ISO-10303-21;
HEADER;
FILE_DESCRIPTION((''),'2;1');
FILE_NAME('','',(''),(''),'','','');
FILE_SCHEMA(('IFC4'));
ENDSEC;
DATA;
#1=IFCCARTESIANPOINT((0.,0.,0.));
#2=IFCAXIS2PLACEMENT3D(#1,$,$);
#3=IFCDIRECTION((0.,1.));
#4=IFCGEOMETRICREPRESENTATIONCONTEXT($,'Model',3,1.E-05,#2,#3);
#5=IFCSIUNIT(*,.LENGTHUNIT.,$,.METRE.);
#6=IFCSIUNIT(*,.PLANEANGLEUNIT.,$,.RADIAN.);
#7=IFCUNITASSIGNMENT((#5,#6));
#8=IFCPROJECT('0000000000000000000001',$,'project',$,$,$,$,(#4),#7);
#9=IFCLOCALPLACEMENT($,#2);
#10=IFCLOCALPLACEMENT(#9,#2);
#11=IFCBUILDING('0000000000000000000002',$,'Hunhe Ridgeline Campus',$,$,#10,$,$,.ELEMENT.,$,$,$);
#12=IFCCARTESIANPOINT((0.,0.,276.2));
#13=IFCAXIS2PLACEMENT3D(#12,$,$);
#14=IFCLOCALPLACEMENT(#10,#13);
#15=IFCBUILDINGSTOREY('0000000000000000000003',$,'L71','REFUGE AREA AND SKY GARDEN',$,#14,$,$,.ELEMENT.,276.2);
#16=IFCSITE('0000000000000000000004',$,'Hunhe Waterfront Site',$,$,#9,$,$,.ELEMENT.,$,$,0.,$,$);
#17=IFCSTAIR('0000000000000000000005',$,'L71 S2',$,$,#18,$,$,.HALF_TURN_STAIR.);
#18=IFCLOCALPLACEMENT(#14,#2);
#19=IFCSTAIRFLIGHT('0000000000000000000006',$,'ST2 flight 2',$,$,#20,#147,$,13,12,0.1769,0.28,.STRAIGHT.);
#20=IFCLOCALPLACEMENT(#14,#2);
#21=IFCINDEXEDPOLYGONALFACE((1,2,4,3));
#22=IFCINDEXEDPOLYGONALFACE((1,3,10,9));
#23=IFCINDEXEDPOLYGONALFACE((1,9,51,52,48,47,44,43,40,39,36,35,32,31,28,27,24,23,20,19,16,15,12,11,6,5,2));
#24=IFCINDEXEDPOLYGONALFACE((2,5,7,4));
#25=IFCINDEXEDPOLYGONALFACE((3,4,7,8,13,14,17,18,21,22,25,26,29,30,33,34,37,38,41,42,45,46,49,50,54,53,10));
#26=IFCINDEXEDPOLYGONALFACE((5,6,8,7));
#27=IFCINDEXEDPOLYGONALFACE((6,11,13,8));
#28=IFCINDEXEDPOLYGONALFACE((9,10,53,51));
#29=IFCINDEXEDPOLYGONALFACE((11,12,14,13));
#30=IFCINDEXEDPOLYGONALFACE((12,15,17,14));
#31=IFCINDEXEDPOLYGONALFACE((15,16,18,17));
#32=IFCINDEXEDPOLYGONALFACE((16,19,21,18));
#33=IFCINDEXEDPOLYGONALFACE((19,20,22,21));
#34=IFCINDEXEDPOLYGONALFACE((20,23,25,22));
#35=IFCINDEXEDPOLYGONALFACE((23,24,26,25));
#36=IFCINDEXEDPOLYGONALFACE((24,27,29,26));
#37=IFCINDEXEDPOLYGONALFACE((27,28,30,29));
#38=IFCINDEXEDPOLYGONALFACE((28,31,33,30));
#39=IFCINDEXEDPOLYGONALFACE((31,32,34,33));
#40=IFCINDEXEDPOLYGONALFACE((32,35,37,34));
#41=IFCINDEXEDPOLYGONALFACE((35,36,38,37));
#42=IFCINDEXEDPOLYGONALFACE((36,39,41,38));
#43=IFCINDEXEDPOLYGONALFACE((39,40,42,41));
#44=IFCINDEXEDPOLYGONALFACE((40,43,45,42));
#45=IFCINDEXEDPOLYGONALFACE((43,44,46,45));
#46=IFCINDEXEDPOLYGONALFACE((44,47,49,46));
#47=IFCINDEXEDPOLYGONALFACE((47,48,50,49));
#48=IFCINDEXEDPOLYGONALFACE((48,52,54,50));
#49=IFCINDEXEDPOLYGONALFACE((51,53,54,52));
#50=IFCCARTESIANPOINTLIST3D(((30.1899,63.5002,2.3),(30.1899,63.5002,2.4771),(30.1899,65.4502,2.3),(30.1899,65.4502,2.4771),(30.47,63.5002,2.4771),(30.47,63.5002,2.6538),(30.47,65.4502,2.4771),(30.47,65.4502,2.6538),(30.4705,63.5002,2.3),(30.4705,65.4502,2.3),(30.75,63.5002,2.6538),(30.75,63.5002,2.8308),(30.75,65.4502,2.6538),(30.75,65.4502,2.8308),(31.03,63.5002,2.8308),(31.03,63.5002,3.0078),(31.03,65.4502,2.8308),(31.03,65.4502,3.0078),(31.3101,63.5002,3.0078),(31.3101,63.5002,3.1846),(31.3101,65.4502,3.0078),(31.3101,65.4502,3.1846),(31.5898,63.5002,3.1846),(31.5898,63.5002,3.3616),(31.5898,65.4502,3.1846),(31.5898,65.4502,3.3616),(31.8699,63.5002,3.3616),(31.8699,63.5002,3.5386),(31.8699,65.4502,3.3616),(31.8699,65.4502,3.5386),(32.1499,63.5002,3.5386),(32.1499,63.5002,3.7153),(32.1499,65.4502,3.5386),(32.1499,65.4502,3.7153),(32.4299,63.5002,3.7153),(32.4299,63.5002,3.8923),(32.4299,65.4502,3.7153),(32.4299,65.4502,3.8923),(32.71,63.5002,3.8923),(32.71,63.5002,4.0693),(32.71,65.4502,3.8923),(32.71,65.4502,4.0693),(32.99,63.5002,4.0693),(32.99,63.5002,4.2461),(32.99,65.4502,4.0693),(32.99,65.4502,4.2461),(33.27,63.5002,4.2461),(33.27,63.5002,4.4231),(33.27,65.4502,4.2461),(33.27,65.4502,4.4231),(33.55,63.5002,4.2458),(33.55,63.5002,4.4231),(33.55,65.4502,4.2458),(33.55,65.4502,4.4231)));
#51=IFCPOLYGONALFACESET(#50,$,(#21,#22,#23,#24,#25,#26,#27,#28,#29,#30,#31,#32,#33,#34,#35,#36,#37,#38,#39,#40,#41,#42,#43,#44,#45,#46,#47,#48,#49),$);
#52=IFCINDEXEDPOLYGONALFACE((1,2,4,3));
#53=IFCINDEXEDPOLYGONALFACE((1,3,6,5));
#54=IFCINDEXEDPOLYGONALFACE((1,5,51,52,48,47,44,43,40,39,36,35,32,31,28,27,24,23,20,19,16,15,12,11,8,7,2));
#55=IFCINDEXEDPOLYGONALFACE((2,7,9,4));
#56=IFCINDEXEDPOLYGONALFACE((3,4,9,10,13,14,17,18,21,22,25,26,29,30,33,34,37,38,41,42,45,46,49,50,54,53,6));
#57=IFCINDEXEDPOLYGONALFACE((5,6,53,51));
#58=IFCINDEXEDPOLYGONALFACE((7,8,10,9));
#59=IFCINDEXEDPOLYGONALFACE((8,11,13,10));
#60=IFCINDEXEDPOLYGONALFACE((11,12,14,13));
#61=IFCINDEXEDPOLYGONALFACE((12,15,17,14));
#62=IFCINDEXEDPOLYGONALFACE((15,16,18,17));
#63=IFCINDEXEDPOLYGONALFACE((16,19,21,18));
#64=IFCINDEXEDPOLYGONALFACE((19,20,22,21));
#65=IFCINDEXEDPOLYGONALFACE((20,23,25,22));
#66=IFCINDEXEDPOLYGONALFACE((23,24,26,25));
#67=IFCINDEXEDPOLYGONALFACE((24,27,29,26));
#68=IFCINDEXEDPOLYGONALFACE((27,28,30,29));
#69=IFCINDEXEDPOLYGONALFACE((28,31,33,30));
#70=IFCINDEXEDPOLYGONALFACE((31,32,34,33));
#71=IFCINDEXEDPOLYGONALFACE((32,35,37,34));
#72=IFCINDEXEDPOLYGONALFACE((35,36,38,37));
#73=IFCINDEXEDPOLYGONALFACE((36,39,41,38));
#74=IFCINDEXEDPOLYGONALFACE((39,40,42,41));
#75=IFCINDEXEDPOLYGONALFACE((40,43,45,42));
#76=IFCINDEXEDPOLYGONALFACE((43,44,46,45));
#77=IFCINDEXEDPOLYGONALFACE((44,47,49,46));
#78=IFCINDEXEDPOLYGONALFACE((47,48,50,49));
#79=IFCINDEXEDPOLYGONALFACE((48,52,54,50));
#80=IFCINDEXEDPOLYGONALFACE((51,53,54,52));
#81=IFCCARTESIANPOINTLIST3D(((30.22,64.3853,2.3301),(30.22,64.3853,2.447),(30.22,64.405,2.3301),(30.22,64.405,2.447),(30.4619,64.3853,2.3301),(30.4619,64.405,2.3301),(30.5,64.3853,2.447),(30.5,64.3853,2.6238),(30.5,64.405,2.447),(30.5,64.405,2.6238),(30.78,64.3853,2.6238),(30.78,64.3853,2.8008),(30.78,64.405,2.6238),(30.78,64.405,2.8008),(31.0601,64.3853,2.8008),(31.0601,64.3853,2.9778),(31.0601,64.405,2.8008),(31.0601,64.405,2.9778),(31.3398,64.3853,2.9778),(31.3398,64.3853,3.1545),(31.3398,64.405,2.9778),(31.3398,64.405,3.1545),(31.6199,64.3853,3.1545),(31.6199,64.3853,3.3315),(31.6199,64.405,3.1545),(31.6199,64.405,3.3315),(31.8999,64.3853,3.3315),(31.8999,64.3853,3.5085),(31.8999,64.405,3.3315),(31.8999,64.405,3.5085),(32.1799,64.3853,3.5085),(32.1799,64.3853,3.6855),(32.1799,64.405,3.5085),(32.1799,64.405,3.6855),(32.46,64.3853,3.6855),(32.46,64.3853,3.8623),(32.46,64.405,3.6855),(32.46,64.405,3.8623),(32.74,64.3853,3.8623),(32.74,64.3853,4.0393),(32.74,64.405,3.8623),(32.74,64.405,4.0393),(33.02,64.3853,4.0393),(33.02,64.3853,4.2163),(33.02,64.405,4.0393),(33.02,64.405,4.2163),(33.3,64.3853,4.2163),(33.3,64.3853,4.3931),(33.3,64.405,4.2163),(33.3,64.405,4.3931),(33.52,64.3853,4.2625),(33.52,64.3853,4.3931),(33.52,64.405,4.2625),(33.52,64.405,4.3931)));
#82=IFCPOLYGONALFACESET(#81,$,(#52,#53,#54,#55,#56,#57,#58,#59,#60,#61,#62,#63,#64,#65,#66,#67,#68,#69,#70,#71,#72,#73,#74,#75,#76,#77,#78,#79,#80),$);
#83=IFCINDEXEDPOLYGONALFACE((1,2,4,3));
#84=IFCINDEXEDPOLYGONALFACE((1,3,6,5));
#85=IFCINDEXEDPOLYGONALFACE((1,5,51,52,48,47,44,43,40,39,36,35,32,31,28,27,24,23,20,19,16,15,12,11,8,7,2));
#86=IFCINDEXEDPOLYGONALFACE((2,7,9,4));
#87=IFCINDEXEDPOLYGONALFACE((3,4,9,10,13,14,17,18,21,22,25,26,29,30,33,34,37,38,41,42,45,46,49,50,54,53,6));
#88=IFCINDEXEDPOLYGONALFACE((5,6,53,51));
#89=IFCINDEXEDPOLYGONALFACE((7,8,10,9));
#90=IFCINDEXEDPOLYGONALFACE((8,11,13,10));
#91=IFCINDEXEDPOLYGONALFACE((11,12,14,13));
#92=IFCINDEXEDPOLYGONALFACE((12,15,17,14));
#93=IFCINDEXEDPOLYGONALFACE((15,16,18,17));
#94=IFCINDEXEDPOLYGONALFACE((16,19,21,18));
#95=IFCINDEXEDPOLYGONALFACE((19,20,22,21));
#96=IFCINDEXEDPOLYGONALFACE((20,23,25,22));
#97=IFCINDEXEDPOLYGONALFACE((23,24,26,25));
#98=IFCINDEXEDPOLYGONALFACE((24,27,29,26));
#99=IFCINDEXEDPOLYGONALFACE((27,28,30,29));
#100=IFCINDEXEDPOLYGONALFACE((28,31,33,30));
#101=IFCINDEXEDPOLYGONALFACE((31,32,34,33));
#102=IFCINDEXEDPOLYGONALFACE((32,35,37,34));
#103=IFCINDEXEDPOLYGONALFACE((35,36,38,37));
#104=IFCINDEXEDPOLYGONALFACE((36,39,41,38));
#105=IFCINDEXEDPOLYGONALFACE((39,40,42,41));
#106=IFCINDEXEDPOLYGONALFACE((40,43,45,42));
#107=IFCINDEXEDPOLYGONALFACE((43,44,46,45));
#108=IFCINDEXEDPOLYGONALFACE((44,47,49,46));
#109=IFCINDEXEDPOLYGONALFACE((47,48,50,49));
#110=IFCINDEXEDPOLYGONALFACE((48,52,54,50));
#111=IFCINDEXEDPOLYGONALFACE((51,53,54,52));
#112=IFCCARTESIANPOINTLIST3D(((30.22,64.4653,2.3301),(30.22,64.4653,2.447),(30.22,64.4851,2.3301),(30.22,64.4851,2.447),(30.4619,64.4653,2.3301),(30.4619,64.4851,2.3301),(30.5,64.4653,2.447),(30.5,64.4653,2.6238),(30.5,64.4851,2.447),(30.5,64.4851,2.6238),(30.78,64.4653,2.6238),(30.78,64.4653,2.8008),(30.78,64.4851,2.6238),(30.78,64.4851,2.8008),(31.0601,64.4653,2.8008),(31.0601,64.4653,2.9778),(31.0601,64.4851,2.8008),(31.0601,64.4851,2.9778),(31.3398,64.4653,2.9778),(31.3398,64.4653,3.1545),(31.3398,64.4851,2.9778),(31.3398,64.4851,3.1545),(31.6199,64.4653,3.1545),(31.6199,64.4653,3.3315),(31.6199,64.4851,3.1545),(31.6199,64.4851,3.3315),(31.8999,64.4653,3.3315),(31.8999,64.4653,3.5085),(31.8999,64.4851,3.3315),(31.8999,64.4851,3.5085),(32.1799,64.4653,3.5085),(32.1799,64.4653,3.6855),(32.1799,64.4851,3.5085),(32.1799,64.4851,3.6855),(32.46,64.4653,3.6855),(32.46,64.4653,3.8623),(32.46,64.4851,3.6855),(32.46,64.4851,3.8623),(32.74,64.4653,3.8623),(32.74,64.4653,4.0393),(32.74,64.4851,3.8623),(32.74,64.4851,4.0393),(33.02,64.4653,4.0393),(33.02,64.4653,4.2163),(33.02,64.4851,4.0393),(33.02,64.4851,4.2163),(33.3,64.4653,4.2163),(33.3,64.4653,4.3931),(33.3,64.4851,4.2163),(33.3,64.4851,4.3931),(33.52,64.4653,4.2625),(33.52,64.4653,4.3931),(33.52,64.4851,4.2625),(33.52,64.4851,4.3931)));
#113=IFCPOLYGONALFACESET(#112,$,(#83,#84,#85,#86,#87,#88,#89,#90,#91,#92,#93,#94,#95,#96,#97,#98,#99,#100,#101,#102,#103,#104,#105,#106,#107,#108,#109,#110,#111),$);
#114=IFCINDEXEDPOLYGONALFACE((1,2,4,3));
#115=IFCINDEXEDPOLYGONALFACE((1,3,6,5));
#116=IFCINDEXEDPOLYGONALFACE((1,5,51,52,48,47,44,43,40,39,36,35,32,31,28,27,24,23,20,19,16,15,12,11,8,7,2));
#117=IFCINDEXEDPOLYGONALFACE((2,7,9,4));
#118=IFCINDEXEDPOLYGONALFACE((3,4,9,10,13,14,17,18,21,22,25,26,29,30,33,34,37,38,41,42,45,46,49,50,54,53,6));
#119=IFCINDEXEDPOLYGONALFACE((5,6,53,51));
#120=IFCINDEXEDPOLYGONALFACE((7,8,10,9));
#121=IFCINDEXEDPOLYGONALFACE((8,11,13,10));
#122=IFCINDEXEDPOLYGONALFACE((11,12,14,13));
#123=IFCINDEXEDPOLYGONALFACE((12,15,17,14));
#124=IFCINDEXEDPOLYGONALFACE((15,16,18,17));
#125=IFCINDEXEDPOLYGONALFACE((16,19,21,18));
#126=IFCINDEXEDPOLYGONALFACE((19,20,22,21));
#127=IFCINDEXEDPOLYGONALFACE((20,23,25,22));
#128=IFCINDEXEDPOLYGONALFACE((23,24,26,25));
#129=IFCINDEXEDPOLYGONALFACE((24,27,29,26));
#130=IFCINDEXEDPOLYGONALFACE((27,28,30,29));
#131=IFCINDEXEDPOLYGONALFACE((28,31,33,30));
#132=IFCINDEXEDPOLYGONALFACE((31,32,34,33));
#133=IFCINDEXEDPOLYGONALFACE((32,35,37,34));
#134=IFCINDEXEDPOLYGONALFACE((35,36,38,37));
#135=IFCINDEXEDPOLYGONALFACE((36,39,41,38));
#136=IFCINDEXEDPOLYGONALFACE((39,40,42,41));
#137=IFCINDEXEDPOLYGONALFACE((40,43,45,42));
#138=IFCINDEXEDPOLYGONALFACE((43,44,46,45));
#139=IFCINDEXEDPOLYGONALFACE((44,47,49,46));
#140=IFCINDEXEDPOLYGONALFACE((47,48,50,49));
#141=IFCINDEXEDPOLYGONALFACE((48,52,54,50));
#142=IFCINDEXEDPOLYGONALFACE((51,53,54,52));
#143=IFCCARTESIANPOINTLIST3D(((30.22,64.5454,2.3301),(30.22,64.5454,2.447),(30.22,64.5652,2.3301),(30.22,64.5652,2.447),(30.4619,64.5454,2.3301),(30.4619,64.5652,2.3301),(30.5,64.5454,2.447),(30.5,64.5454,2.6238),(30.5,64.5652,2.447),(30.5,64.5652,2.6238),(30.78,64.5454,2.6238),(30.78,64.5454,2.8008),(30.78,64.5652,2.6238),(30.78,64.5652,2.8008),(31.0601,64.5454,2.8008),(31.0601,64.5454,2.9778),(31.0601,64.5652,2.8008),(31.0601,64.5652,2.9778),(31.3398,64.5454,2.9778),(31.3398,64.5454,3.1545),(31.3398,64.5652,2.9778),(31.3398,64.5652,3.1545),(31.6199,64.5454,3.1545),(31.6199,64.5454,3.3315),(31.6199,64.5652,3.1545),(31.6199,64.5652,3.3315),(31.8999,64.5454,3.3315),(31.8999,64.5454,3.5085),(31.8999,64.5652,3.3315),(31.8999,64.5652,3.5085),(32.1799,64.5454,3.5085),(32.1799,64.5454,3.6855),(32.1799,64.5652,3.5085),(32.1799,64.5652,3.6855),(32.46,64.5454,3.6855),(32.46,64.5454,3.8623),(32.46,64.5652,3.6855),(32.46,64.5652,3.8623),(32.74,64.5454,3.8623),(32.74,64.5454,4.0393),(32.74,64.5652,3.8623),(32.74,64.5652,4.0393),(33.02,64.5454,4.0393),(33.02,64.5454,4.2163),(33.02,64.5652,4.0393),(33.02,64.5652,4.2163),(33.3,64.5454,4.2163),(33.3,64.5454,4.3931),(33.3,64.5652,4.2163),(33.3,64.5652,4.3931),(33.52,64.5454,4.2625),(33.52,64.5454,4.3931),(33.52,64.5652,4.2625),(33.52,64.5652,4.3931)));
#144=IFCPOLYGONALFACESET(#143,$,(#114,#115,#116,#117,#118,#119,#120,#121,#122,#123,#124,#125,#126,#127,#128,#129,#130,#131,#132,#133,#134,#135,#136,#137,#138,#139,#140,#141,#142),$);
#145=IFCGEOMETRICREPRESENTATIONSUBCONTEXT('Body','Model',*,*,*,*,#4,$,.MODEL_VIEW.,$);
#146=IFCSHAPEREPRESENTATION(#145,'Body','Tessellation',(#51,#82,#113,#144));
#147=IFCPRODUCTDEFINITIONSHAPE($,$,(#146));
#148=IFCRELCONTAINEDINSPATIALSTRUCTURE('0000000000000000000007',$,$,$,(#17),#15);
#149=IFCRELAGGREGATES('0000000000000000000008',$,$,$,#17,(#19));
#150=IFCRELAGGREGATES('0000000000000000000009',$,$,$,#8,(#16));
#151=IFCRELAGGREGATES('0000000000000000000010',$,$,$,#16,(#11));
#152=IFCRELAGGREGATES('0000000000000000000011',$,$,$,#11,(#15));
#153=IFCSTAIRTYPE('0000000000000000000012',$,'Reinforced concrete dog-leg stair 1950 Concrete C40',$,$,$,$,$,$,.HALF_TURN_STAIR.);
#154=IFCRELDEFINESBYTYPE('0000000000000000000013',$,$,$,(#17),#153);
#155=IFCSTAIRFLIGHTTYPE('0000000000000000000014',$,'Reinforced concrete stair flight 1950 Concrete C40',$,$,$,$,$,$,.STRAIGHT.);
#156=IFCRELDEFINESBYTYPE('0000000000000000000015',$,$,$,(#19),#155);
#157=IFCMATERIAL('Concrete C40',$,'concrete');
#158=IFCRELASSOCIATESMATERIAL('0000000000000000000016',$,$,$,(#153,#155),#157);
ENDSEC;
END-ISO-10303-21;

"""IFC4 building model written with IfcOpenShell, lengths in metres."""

from ifc_helpers import new_model, si_unit, direction, frame, origin, place, context, subcontext, project, spatial, polyline, outline, extrude, material, type_object, element, aggregate, save


model = new_model("IFC4")

# Units and contexts
model_context = context("Model", 3, precision=1e-05, world=origin(), true_north=direction((0.0, 1.0)))
body_context = subcontext(model_context, "Body", "Model", "MODEL_VIEW")
ifc_project = project(units=[si_unit("LENGTHUNIT", "METRE"), si_unit("PLANEANGLEUNIT", "RADIAN")], contexts=[model_context])

# Site, building, storey
site_placement = place(None, origin())
site = spatial("IfcSite", under=ifc_project, at=site_placement, Name="Hunhe Waterfront Site", CompositionType="ELEMENT", RefElevation=0.0)
building_placement = place(site_placement, origin())
building = spatial("IfcBuilding", under=site, at=building_placement, Name="Hunhe Ridgeline Campus", CompositionType="ELEMENT")
storey_placement = place(building_placement, frame((0.0, 0.0, 276.2)))
storey = spatial("IfcBuildingStorey", under=building, at=storey_placement, Name="L71", Description="REFUGE AREA AND SKY GARDEN", CompositionType="ELEMENT", Elevation=276.2)

# Stair, stair flight
ifc_material_1 = material(Name="Concrete C40", Category="concrete")
stair_type = type_object("IfcStairType", Name="Reinforced concrete dog-leg stair 1950 Concrete C40", PredefinedType="HALF_TURN_STAIR", material=ifc_material_1)
stair_placement = place(storey_placement, origin())
stair = element("IfcStair", 1, at=stair_placement, inside=storey, type_object=stair_type, Name="L71 S2", PredefinedType="HALF_TURN_STAIR")
stair_flight_type = type_object("IfcStairFlightType", Name="Reinforced concrete stair flight 1950 Concrete C40", PredefinedType="STRAIGHT", material=ifc_material_1)
stair_flight_1_placement = place(storey_placement, frame((30.1899, 64.4751, 2.3), z_axis=(0.0, 0.0, 1.0), x_axis=(1.0, 0.0, 0.0)))
stair_flight_1 = element("IfcStairFlight", 2, at=stair_flight_1_placement, type_object=stair_flight_type, Name="ST2 flight 2", NumberOfRisers=13, NumberOfTreads=12, PredefinedType="STRAIGHT", RiserHeight=0.1769, TreadLength=0.28, context=body_context, shape_type="SweptSolid", body=[
    extrude(outline(polyline([(0.0, 0.0), (0.0, 0.177), (0.28, 0.177), (0.28, 0.3538), (0.5601, 0.3538), (0.5601, 0.5308), (0.8401, 0.5308), (0.8401, 0.7078), (1.1201, 0.7078), (1.1201, 0.8845), (1.3999, 0.8845), (1.3999, 1.0615), (1.6799, 1.0615), (1.6799, 1.2385), (1.96, 1.2385), (1.96, 1.4153), (2.24, 1.4153), (2.24, 1.5923), (2.52, 1.5923), (2.52, 1.7693), (2.8, 1.7693), (2.8, 1.946), (3.0801, 1.946), (3.0801, 2.123), (3.3601, 2.123), (3.3601, 2.3), (3.3601, 1.9458), (0.2805, 0.0), (0.0, 0.0)])), frame((0.0, 0.9751, 0.0), z_axis=(0.0, -1.0, 0.0), x_axis=(1.0, 0.0, 0.0)), (0.0, 0.0, 1.0), 1.95),
    extrude(outline(polyline([(0.03, 0.03), (0.03, 0.147), (0.3101, 0.147), (0.3101, 0.3237), (0.5901, 0.3237), (0.5901, 0.5007), (0.8701, 0.5007), (0.8701, 0.6777), (1.1499, 0.6777), (1.1499, 0.8545), (1.4299, 0.8545), (1.4299, 1.0315), (1.71, 1.0315), (1.71, 1.2085), (1.99, 1.2085), (1.99, 1.3855), (2.27, 1.3855), (2.27, 1.5623), (2.55, 1.5623), (2.55, 1.7393), (2.8301, 1.7393), (2.8301, 1.9163), (3.1101, 1.9163), (3.1101, 2.093), (3.3301, 2.093), (3.3301, 1.9624), (0.272, 0.03), (0.03, 0.03)])), frame((0.0, -0.0701, 0.0), z_axis=(0.0, -1.0, 0.0), x_axis=(1.0, 0.0, 0.0)), (0.0, 0.0, 1.0), 0.0198),
    extrude(outline(polyline([(0.03, 0.03), (0.03, 0.147), (0.3101, 0.147), (0.3101, 0.3237), (0.5901, 0.3237), (0.5901, 0.5007), (0.8701, 0.5007), (0.8701, 0.6777), (1.1499, 0.6777), (1.1499, 0.8545), (1.4299, 0.8545), (1.4299, 1.0315), (1.71, 1.0315), (1.71, 1.2085), (1.99, 1.2085), (1.99, 1.3855), (2.27, 1.3855), (2.27, 1.5623), (2.55, 1.5623), (2.55, 1.7393), (2.8301, 1.7393), (2.8301, 1.9163), (3.1101, 1.9163), (3.1101, 2.093), (3.3301, 2.093), (3.3301, 1.9624), (0.272, 0.03), (0.03, 0.03)])), frame((0.0, 0.01, 0.0), z_axis=(0.0, -1.0, 0.0), x_axis=(1.0, 0.0, 0.0)), (0.0, 0.0, 1.0), 0.0198),
    extrude(outline(polyline([(0.03, 0.03), (0.03, 0.147), (0.3101, 0.147), (0.3101, 0.3237), (0.5901, 0.3237), (0.5901, 0.5007), (0.8701, 0.5007), (0.8701, 0.6777), (1.1499, 0.6777), (1.1499, 0.8545), (1.4299, 0.8545), (1.4299, 1.0315), (1.71, 1.0315), (1.71, 1.2085), (1.99, 1.2085), (1.99, 1.3855), (2.27, 1.3855), (2.27, 1.5623), (2.55, 1.5623), (2.55, 1.7393), (2.8301, 1.7393), (2.8301, 1.9163), (3.1101, 1.9163), (3.1101, 2.093), (3.3301, 2.093), (3.3301, 1.9624), (0.272, 0.03), (0.03, 0.03)])), frame((0.0, 0.0901, 0.0), z_axis=(0.0, -1.0, 0.0), x_axis=(1.0, 0.0, 0.0)), (0.0, 0.0, 1.0), 0.0198),
])
aggregate(stair, [stair_flight_1])

save(model, "model.ifc")
